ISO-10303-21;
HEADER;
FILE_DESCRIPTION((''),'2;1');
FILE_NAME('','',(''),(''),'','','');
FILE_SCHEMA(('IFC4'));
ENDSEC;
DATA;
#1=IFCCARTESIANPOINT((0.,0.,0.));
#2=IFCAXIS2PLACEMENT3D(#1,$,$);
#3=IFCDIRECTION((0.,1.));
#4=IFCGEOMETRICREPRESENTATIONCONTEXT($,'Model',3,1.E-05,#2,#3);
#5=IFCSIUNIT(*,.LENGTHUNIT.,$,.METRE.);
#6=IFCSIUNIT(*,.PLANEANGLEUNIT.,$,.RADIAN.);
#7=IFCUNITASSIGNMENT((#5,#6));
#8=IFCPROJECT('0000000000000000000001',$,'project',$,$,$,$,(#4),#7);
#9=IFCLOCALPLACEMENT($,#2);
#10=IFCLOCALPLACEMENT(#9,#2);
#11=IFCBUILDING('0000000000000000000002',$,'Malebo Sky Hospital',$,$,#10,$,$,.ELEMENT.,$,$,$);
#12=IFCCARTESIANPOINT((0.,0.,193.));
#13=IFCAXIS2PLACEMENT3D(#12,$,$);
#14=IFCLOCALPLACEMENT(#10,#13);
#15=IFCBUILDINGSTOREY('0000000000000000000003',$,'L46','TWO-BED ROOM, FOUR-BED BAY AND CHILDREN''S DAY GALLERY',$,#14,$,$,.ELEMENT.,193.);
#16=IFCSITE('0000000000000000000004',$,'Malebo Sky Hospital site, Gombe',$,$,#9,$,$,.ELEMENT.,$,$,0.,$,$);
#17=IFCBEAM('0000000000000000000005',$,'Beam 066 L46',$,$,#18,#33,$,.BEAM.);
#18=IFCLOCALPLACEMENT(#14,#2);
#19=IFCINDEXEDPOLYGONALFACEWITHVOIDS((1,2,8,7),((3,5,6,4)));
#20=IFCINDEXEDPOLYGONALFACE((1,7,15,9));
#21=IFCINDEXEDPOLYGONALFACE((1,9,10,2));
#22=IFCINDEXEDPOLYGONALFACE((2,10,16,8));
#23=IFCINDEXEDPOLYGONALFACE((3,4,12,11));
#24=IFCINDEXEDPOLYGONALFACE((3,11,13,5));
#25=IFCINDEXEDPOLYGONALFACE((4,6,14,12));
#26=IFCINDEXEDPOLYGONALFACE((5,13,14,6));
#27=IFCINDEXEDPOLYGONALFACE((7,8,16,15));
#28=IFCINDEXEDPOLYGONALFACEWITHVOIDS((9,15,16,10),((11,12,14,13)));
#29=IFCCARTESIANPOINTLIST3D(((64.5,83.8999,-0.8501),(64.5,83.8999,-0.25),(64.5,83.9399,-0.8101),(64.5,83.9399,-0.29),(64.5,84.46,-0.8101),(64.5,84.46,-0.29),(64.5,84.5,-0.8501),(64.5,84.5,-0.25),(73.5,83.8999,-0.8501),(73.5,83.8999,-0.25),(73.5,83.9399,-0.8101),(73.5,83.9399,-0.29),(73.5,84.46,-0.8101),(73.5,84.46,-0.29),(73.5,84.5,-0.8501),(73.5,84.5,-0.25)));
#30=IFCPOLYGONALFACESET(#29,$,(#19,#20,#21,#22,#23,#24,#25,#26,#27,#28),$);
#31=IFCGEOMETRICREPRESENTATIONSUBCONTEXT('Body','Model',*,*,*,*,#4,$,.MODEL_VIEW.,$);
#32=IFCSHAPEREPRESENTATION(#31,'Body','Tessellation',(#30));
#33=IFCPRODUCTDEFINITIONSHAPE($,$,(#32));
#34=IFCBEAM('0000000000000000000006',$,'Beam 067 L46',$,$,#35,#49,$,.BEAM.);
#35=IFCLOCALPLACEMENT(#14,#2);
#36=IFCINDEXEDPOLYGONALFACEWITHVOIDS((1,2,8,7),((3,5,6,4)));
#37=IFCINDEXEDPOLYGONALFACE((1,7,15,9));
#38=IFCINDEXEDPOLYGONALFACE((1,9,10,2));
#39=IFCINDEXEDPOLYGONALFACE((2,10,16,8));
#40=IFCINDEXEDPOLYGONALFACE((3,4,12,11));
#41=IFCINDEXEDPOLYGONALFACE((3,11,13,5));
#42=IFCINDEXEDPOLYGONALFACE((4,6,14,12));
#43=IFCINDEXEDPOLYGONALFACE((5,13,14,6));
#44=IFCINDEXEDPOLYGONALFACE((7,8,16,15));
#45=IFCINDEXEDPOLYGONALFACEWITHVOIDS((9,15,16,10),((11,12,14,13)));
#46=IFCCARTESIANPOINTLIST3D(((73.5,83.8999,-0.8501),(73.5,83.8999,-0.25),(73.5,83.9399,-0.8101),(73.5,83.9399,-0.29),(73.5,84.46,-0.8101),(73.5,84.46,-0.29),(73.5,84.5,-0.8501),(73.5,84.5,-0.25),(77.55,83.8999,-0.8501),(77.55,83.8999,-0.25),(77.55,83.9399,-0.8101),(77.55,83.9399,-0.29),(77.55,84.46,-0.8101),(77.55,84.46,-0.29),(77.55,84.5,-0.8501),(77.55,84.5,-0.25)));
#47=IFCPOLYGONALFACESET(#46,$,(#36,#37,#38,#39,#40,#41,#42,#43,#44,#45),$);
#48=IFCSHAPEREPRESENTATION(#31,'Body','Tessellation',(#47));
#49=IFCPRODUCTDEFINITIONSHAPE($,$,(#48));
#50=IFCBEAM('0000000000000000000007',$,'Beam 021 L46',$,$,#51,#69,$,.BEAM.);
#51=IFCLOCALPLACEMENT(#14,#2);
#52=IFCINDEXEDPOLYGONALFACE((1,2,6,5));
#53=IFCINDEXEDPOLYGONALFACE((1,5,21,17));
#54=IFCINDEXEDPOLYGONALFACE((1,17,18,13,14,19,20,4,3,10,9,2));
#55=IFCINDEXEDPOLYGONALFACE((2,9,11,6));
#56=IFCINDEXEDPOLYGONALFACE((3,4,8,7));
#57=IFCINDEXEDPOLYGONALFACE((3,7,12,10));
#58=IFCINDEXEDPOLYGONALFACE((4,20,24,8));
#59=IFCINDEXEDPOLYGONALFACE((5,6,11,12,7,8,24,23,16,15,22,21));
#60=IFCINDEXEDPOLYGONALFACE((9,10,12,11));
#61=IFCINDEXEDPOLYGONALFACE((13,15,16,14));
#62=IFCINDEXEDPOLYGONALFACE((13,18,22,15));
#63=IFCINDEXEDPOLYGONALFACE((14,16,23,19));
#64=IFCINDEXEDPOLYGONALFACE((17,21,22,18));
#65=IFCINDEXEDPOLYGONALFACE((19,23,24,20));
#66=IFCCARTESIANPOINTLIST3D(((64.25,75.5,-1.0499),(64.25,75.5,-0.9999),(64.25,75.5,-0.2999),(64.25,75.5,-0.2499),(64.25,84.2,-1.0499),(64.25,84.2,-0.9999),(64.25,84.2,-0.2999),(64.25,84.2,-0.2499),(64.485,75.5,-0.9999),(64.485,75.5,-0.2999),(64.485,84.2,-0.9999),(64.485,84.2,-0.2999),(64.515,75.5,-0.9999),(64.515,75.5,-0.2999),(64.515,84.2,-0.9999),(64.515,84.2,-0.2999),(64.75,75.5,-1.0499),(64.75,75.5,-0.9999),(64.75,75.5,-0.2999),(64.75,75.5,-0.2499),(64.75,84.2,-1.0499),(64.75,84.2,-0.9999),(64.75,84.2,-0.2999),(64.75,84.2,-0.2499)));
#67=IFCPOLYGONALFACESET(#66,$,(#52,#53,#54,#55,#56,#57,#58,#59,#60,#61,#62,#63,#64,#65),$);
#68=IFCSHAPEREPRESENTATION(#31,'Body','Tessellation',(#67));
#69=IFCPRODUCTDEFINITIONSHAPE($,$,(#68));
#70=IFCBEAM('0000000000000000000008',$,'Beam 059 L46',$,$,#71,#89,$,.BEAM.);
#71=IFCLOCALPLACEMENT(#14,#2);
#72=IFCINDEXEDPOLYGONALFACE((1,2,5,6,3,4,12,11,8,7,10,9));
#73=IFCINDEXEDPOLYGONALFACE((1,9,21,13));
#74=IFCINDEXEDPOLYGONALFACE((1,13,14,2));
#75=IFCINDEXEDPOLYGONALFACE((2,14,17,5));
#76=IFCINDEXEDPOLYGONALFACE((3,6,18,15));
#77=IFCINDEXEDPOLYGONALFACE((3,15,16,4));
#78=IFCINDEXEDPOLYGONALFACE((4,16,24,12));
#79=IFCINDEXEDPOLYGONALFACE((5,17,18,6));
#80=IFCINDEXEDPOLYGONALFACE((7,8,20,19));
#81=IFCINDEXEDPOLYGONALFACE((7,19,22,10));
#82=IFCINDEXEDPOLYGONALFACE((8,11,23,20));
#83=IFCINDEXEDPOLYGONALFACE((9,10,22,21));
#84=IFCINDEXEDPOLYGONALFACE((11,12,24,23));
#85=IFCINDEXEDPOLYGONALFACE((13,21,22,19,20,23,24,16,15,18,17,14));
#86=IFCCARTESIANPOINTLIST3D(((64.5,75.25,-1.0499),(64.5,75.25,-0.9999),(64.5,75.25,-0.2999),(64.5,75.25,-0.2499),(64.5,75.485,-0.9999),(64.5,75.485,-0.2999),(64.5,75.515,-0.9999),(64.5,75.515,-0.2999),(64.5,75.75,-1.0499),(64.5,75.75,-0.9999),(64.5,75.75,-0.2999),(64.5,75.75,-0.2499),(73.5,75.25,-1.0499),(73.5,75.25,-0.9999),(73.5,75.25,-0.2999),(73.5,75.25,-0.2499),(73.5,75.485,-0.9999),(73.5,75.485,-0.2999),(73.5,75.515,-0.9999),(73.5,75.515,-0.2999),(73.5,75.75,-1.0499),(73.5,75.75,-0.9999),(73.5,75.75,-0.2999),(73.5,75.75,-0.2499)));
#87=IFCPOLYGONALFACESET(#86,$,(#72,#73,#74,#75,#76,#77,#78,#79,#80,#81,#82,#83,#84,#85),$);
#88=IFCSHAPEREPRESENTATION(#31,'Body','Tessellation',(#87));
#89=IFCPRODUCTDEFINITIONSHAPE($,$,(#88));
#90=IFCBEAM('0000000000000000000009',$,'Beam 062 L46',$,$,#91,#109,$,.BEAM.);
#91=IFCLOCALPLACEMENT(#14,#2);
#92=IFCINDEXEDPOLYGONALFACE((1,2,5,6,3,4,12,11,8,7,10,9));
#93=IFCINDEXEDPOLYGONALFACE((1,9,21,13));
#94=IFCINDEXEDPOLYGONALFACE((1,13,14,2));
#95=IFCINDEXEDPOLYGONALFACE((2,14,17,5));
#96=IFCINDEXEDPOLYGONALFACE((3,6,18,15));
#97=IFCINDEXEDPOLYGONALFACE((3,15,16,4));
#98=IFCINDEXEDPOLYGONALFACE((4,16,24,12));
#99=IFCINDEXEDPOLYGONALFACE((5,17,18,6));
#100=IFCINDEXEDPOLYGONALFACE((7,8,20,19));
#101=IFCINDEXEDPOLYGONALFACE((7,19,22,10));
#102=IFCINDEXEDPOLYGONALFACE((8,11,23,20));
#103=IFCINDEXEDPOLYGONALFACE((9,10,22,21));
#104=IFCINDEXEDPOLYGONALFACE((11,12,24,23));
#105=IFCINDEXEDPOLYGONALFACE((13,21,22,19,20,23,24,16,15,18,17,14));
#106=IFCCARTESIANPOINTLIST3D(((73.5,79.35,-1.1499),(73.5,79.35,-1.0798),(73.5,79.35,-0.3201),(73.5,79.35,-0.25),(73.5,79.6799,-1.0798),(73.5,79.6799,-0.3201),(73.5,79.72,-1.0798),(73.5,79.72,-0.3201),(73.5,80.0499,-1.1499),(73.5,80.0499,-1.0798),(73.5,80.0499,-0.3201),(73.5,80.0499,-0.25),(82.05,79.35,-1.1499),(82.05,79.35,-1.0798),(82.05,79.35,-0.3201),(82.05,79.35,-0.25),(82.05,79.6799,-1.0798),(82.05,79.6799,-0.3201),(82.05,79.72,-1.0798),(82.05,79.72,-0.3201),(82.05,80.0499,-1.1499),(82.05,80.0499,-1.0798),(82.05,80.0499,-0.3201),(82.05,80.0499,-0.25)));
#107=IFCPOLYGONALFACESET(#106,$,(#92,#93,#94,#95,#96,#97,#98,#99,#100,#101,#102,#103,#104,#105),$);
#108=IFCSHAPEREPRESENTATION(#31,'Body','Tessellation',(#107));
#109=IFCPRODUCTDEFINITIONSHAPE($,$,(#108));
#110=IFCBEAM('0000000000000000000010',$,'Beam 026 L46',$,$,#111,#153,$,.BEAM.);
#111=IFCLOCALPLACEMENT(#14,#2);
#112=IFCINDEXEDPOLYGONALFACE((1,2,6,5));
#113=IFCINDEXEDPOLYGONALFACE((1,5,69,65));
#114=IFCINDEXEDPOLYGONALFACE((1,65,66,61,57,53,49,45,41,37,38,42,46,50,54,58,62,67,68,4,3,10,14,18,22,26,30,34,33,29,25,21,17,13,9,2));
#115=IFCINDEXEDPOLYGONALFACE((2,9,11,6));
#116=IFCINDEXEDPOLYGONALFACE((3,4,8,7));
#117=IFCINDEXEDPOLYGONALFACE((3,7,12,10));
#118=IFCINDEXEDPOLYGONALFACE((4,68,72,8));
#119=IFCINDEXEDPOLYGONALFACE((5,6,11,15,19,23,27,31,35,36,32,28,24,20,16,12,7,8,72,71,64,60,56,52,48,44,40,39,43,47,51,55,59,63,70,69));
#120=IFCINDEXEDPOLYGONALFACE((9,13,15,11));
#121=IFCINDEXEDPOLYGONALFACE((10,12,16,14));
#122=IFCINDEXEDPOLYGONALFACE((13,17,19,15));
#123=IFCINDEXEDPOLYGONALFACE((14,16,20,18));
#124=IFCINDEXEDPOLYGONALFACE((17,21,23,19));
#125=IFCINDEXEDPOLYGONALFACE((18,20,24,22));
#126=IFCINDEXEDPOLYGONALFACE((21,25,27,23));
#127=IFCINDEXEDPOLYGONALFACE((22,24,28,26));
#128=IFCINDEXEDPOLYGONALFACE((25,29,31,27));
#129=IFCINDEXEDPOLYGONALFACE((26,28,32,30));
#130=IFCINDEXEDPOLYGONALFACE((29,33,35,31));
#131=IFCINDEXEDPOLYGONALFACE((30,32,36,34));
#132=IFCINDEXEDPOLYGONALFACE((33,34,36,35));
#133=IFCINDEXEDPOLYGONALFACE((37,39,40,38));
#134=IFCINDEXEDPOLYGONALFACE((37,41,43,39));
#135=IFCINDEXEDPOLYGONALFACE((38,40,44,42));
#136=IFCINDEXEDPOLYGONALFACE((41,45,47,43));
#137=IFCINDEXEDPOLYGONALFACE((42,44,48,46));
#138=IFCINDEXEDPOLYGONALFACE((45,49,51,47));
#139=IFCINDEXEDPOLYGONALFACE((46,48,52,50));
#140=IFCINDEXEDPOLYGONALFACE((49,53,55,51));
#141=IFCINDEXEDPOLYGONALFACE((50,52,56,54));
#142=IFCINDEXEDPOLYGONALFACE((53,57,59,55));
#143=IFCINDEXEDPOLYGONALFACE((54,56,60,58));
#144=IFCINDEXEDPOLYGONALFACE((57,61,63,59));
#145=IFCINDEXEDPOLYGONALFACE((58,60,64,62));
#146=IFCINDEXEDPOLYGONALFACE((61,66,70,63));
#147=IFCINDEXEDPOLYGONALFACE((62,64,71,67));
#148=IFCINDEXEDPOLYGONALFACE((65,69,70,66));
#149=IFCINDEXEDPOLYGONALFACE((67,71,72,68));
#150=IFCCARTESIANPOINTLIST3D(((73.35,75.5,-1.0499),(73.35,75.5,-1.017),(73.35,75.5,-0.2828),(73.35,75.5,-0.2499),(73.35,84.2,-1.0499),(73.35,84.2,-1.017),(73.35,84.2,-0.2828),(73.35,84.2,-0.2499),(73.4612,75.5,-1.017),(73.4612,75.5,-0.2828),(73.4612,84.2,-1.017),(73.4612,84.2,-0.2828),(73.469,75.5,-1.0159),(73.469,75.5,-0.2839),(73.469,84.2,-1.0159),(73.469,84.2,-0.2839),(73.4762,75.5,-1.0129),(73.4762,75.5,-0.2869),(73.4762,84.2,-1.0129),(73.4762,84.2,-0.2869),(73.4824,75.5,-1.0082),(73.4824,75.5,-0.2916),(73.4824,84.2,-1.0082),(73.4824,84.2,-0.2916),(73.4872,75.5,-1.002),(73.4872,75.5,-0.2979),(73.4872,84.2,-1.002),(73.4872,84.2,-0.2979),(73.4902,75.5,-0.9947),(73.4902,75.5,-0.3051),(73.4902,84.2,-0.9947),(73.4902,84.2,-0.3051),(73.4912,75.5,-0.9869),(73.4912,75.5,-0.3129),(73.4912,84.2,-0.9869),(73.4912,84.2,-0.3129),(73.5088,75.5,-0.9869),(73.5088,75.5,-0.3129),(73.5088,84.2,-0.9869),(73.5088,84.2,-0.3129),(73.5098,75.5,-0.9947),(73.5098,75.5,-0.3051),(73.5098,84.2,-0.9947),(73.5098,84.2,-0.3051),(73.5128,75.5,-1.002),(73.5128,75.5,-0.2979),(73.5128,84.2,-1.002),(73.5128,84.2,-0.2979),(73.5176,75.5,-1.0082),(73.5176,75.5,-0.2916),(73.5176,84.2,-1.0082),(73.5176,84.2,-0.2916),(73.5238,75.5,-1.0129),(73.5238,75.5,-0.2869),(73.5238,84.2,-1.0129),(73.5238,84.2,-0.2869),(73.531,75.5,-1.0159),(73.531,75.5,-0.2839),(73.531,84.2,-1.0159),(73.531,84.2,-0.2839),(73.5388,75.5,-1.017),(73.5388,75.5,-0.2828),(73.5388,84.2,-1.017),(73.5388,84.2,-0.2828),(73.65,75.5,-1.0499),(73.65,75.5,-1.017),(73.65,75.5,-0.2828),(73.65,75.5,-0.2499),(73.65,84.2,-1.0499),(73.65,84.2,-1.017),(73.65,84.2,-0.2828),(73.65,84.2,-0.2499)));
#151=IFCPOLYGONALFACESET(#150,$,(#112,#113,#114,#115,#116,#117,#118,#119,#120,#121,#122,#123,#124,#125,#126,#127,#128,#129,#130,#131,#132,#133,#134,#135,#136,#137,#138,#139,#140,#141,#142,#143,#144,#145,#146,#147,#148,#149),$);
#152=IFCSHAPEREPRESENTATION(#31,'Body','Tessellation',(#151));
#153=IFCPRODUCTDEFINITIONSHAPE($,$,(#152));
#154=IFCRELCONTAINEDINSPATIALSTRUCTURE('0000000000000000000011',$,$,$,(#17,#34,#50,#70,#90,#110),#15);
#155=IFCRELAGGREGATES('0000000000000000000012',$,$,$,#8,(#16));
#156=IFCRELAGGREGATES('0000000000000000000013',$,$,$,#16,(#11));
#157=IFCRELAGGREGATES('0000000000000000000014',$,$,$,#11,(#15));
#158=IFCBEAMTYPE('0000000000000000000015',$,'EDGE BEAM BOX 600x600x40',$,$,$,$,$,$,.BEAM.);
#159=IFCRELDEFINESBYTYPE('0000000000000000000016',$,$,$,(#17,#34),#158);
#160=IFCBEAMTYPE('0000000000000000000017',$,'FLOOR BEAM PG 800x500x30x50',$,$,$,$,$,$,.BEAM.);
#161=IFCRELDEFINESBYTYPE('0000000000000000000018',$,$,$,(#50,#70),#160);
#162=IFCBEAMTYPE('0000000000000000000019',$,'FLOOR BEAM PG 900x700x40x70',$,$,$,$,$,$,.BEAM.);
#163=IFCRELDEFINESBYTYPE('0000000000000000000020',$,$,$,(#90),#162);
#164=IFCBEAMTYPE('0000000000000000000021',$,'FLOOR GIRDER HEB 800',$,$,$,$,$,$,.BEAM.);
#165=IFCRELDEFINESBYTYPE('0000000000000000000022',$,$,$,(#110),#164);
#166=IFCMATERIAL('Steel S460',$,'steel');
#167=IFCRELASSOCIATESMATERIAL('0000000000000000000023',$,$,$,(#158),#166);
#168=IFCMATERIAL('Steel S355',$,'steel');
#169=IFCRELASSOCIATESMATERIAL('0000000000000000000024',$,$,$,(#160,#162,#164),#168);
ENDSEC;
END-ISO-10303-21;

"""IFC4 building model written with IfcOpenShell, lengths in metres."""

from ifc_helpers import new_model, si_unit, direction, frame, origin, origin_2d, place, context, subcontext, project, spatial, hollow_rectangle, i_section, extrude, material, material_profile, profile_set, type_object, element, save


model = new_model("IFC4")

# Units and contexts
model_context = context("Model", 3, precision=1e-05, world=origin(), true_north=direction((0.0, 1.0)))
body_context = subcontext(model_context, "Body", "Model", "MODEL_VIEW")
ifc_project = project(units=[si_unit("LENGTHUNIT", "METRE"), si_unit("PLANEANGLEUNIT", "RADIAN")], contexts=[model_context])

# Site, building, storey
site_placement = place(None, origin())
site = spatial("IfcSite", under=ifc_project, at=site_placement, Name="Malebo Sky Hospital site, Gombe", CompositionType="ELEMENT", RefElevation=0.0)
building_placement = place(site_placement, origin())
building = spatial("IfcBuilding", under=site, at=building_placement, Name="Malebo Sky Hospital", CompositionType="ELEMENT")
storey_placement = place(building_placement, frame((0.0, 0.0, 193.0)))
storey = spatial("IfcBuildingStorey", under=building, at=storey_placement, Name="L46", Description="TWO-BED ROOM, FOUR-BED BAY AND CHILDREN'S DAY GALLERY", CompositionType="ELEMENT", Elevation=193.0)

# Shared definitions
ifc_material_1 = material(Name="Steel S460", Category="steel")

# Shared definitions
ifc_material_2 = material(Name="Steel S355", Category="steel")

# Beams
ifc_material_profile_1 = material_profile(ifc_material_1, hollow_rectangle(XDim=0.6001, YDim=0.6001, WallThickness=0.04, at=origin_2d()), Name="BOX 600x600x40")
ifc_profile_set_1 = profile_set([ifc_material_profile_1], Name="Steel S460")
beam_type_1 = type_object("IfcBeamType", Name="EDGE BEAM BOX 600x600x40", PredefinedType="BEAM", material=ifc_profile_set_1)
beam_1_placement = place(storey_placement, frame((64.5, 84.2, -0.55), z_axis=(1.0, 0.0, 0.0), x_axis=(0.0, 1.0, 0.0)))
element("IfcBeam", 1, at=beam_1_placement, inside=storey, type_object=beam_type_1, Name="Beam 066 L46", PredefinedType="BEAM", context=body_context, shape_type="SweptSolid", body=[
    extrude(hollow_rectangle(XDim=0.6001, YDim=0.6001, WallThickness=0.04, at=origin_2d()), origin(), (0.0, 0.0, 1.0), 9.0),
])
beam_2_placement = place(storey_placement, frame((73.5, 84.2, -0.55), z_axis=(1.0, 0.0, 0.0), x_axis=(0.0, 1.0, 0.0)))
element("IfcBeam", 2, at=beam_2_placement, inside=storey, type_object=beam_type_1, Name="Beam 067 L46", PredefinedType="BEAM", context=body_context, shape_type="SweptSolid", body=[
    extrude(hollow_rectangle(XDim=0.6001, YDim=0.6001, WallThickness=0.04, at=origin_2d()), origin(), (0.0, 0.0, 1.0), 4.05),
])
ifc_material_profile_2 = material_profile(ifc_material_2, i_section(OverallWidth=0.5, OverallDepth=0.8, WebThickness=0.03, FlangeThickness=0.05, at=origin_2d()), Name="PG 800x500x30x50")
ifc_profile_set_2 = profile_set([ifc_material_profile_2], Name="Steel S355")
beam_type_2 = type_object("IfcBeamType", Name="FLOOR BEAM PG 800x500x30x50", PredefinedType="BEAM", material=ifc_profile_set_2)
beam_3_placement = place(storey_placement, frame((64.5, 75.5, -0.6499), z_axis=(0.0, 1.0, 0.0), x_axis=(-1.0, 0.0, 0.0)))
element("IfcBeam", 3, at=beam_3_placement, inside=storey, type_object=beam_type_2, Name="Beam 021 L46", PredefinedType="BEAM", context=body_context, shape_type="SweptSolid", body=[
    extrude(i_section(OverallWidth=0.5, OverallDepth=0.8, WebThickness=0.03, FlangeThickness=0.05, at=origin_2d()), origin(), (0.0, 0.0, 1.0), 8.7),
])
beam_4_placement = place(storey_placement, frame((64.5, 75.5, -0.6499), z_axis=(1.0, 0.0, 0.0), x_axis=(0.0, 1.0, 0.0)))
element("IfcBeam", 4, at=beam_4_placement, inside=storey, type_object=beam_type_2, Name="Beam 059 L46", PredefinedType="BEAM", context=body_context, shape_type="SweptSolid", body=[
    extrude(i_section(OverallWidth=0.5, OverallDepth=0.8, WebThickness=0.03, FlangeThickness=0.05, at=origin_2d()), origin(), (0.0, 0.0, 1.0), 9.0),
])
ifc_material_profile_3 = material_profile(ifc_material_2, i_section(OverallWidth=0.7, OverallDepth=0.8999, WebThickness=0.04, FlangeThickness=0.0701, at=origin_2d()), Name="PG 900x700x40x70")
ifc_profile_set_3 = profile_set([ifc_material_profile_3], Name="Steel S355")
beam_type_3 = type_object("IfcBeamType", Name="FLOOR BEAM PG 900x700x40x70", PredefinedType="BEAM", material=ifc_profile_set_3)
beam_5_placement = place(storey_placement, frame((73.5, 79.7, -0.7), z_axis=(1.0, 0.0, 0.0), x_axis=(0.0, 1.0, 0.0)))
element("IfcBeam", 5, at=beam_5_placement, inside=storey, type_object=beam_type_3, Name="Beam 062 L46", PredefinedType="BEAM", context=body_context, shape_type="SweptSolid", body=[
    extrude(i_section(OverallWidth=0.7, OverallDepth=0.8999, WebThickness=0.04, FlangeThickness=0.0701, at=origin_2d()), origin(), (0.0, 0.0, 1.0), 8.55),
])
ifc_material_profile_4 = material_profile(ifc_material_2, i_section(OverallWidth=0.3, OverallDepth=0.8, WebThickness=0.0176, FlangeThickness=0.033, FilletRadius=0.03, at=origin_2d()), Name="HEB 800")
ifc_profile_set_4 = profile_set([ifc_material_profile_4], Name="Steel S355")
beam_type_4 = type_object("IfcBeamType", Name="FLOOR GIRDER HEB 800", PredefinedType="BEAM", material=ifc_profile_set_4)
for number, where, z_axis, x_axis, name in (
    (6, (73.5, 75.5, -0.6499), (0.0, 1.0, 0.0), (-1.0, 0.0, 0.0), "Beam 026 L46"),
):
    element("IfcBeam", number, at=place(storey_placement, frame(where, z_axis=z_axis, x_axis=x_axis)), inside=storey, type_object=beam_type_4, Name=name, PredefinedType="BEAM", context=body_context, shape_type="SweptSolid", body=[
        extrude(i_section(OverallWidth=0.3, OverallDepth=0.8, WebThickness=0.0176, FlangeThickness=0.033, FilletRadius=0.03, at=origin_2d()), origin(), (0.0, 0.0, 1.0), 8.7),
    ])

save(model, "model.ifc")
